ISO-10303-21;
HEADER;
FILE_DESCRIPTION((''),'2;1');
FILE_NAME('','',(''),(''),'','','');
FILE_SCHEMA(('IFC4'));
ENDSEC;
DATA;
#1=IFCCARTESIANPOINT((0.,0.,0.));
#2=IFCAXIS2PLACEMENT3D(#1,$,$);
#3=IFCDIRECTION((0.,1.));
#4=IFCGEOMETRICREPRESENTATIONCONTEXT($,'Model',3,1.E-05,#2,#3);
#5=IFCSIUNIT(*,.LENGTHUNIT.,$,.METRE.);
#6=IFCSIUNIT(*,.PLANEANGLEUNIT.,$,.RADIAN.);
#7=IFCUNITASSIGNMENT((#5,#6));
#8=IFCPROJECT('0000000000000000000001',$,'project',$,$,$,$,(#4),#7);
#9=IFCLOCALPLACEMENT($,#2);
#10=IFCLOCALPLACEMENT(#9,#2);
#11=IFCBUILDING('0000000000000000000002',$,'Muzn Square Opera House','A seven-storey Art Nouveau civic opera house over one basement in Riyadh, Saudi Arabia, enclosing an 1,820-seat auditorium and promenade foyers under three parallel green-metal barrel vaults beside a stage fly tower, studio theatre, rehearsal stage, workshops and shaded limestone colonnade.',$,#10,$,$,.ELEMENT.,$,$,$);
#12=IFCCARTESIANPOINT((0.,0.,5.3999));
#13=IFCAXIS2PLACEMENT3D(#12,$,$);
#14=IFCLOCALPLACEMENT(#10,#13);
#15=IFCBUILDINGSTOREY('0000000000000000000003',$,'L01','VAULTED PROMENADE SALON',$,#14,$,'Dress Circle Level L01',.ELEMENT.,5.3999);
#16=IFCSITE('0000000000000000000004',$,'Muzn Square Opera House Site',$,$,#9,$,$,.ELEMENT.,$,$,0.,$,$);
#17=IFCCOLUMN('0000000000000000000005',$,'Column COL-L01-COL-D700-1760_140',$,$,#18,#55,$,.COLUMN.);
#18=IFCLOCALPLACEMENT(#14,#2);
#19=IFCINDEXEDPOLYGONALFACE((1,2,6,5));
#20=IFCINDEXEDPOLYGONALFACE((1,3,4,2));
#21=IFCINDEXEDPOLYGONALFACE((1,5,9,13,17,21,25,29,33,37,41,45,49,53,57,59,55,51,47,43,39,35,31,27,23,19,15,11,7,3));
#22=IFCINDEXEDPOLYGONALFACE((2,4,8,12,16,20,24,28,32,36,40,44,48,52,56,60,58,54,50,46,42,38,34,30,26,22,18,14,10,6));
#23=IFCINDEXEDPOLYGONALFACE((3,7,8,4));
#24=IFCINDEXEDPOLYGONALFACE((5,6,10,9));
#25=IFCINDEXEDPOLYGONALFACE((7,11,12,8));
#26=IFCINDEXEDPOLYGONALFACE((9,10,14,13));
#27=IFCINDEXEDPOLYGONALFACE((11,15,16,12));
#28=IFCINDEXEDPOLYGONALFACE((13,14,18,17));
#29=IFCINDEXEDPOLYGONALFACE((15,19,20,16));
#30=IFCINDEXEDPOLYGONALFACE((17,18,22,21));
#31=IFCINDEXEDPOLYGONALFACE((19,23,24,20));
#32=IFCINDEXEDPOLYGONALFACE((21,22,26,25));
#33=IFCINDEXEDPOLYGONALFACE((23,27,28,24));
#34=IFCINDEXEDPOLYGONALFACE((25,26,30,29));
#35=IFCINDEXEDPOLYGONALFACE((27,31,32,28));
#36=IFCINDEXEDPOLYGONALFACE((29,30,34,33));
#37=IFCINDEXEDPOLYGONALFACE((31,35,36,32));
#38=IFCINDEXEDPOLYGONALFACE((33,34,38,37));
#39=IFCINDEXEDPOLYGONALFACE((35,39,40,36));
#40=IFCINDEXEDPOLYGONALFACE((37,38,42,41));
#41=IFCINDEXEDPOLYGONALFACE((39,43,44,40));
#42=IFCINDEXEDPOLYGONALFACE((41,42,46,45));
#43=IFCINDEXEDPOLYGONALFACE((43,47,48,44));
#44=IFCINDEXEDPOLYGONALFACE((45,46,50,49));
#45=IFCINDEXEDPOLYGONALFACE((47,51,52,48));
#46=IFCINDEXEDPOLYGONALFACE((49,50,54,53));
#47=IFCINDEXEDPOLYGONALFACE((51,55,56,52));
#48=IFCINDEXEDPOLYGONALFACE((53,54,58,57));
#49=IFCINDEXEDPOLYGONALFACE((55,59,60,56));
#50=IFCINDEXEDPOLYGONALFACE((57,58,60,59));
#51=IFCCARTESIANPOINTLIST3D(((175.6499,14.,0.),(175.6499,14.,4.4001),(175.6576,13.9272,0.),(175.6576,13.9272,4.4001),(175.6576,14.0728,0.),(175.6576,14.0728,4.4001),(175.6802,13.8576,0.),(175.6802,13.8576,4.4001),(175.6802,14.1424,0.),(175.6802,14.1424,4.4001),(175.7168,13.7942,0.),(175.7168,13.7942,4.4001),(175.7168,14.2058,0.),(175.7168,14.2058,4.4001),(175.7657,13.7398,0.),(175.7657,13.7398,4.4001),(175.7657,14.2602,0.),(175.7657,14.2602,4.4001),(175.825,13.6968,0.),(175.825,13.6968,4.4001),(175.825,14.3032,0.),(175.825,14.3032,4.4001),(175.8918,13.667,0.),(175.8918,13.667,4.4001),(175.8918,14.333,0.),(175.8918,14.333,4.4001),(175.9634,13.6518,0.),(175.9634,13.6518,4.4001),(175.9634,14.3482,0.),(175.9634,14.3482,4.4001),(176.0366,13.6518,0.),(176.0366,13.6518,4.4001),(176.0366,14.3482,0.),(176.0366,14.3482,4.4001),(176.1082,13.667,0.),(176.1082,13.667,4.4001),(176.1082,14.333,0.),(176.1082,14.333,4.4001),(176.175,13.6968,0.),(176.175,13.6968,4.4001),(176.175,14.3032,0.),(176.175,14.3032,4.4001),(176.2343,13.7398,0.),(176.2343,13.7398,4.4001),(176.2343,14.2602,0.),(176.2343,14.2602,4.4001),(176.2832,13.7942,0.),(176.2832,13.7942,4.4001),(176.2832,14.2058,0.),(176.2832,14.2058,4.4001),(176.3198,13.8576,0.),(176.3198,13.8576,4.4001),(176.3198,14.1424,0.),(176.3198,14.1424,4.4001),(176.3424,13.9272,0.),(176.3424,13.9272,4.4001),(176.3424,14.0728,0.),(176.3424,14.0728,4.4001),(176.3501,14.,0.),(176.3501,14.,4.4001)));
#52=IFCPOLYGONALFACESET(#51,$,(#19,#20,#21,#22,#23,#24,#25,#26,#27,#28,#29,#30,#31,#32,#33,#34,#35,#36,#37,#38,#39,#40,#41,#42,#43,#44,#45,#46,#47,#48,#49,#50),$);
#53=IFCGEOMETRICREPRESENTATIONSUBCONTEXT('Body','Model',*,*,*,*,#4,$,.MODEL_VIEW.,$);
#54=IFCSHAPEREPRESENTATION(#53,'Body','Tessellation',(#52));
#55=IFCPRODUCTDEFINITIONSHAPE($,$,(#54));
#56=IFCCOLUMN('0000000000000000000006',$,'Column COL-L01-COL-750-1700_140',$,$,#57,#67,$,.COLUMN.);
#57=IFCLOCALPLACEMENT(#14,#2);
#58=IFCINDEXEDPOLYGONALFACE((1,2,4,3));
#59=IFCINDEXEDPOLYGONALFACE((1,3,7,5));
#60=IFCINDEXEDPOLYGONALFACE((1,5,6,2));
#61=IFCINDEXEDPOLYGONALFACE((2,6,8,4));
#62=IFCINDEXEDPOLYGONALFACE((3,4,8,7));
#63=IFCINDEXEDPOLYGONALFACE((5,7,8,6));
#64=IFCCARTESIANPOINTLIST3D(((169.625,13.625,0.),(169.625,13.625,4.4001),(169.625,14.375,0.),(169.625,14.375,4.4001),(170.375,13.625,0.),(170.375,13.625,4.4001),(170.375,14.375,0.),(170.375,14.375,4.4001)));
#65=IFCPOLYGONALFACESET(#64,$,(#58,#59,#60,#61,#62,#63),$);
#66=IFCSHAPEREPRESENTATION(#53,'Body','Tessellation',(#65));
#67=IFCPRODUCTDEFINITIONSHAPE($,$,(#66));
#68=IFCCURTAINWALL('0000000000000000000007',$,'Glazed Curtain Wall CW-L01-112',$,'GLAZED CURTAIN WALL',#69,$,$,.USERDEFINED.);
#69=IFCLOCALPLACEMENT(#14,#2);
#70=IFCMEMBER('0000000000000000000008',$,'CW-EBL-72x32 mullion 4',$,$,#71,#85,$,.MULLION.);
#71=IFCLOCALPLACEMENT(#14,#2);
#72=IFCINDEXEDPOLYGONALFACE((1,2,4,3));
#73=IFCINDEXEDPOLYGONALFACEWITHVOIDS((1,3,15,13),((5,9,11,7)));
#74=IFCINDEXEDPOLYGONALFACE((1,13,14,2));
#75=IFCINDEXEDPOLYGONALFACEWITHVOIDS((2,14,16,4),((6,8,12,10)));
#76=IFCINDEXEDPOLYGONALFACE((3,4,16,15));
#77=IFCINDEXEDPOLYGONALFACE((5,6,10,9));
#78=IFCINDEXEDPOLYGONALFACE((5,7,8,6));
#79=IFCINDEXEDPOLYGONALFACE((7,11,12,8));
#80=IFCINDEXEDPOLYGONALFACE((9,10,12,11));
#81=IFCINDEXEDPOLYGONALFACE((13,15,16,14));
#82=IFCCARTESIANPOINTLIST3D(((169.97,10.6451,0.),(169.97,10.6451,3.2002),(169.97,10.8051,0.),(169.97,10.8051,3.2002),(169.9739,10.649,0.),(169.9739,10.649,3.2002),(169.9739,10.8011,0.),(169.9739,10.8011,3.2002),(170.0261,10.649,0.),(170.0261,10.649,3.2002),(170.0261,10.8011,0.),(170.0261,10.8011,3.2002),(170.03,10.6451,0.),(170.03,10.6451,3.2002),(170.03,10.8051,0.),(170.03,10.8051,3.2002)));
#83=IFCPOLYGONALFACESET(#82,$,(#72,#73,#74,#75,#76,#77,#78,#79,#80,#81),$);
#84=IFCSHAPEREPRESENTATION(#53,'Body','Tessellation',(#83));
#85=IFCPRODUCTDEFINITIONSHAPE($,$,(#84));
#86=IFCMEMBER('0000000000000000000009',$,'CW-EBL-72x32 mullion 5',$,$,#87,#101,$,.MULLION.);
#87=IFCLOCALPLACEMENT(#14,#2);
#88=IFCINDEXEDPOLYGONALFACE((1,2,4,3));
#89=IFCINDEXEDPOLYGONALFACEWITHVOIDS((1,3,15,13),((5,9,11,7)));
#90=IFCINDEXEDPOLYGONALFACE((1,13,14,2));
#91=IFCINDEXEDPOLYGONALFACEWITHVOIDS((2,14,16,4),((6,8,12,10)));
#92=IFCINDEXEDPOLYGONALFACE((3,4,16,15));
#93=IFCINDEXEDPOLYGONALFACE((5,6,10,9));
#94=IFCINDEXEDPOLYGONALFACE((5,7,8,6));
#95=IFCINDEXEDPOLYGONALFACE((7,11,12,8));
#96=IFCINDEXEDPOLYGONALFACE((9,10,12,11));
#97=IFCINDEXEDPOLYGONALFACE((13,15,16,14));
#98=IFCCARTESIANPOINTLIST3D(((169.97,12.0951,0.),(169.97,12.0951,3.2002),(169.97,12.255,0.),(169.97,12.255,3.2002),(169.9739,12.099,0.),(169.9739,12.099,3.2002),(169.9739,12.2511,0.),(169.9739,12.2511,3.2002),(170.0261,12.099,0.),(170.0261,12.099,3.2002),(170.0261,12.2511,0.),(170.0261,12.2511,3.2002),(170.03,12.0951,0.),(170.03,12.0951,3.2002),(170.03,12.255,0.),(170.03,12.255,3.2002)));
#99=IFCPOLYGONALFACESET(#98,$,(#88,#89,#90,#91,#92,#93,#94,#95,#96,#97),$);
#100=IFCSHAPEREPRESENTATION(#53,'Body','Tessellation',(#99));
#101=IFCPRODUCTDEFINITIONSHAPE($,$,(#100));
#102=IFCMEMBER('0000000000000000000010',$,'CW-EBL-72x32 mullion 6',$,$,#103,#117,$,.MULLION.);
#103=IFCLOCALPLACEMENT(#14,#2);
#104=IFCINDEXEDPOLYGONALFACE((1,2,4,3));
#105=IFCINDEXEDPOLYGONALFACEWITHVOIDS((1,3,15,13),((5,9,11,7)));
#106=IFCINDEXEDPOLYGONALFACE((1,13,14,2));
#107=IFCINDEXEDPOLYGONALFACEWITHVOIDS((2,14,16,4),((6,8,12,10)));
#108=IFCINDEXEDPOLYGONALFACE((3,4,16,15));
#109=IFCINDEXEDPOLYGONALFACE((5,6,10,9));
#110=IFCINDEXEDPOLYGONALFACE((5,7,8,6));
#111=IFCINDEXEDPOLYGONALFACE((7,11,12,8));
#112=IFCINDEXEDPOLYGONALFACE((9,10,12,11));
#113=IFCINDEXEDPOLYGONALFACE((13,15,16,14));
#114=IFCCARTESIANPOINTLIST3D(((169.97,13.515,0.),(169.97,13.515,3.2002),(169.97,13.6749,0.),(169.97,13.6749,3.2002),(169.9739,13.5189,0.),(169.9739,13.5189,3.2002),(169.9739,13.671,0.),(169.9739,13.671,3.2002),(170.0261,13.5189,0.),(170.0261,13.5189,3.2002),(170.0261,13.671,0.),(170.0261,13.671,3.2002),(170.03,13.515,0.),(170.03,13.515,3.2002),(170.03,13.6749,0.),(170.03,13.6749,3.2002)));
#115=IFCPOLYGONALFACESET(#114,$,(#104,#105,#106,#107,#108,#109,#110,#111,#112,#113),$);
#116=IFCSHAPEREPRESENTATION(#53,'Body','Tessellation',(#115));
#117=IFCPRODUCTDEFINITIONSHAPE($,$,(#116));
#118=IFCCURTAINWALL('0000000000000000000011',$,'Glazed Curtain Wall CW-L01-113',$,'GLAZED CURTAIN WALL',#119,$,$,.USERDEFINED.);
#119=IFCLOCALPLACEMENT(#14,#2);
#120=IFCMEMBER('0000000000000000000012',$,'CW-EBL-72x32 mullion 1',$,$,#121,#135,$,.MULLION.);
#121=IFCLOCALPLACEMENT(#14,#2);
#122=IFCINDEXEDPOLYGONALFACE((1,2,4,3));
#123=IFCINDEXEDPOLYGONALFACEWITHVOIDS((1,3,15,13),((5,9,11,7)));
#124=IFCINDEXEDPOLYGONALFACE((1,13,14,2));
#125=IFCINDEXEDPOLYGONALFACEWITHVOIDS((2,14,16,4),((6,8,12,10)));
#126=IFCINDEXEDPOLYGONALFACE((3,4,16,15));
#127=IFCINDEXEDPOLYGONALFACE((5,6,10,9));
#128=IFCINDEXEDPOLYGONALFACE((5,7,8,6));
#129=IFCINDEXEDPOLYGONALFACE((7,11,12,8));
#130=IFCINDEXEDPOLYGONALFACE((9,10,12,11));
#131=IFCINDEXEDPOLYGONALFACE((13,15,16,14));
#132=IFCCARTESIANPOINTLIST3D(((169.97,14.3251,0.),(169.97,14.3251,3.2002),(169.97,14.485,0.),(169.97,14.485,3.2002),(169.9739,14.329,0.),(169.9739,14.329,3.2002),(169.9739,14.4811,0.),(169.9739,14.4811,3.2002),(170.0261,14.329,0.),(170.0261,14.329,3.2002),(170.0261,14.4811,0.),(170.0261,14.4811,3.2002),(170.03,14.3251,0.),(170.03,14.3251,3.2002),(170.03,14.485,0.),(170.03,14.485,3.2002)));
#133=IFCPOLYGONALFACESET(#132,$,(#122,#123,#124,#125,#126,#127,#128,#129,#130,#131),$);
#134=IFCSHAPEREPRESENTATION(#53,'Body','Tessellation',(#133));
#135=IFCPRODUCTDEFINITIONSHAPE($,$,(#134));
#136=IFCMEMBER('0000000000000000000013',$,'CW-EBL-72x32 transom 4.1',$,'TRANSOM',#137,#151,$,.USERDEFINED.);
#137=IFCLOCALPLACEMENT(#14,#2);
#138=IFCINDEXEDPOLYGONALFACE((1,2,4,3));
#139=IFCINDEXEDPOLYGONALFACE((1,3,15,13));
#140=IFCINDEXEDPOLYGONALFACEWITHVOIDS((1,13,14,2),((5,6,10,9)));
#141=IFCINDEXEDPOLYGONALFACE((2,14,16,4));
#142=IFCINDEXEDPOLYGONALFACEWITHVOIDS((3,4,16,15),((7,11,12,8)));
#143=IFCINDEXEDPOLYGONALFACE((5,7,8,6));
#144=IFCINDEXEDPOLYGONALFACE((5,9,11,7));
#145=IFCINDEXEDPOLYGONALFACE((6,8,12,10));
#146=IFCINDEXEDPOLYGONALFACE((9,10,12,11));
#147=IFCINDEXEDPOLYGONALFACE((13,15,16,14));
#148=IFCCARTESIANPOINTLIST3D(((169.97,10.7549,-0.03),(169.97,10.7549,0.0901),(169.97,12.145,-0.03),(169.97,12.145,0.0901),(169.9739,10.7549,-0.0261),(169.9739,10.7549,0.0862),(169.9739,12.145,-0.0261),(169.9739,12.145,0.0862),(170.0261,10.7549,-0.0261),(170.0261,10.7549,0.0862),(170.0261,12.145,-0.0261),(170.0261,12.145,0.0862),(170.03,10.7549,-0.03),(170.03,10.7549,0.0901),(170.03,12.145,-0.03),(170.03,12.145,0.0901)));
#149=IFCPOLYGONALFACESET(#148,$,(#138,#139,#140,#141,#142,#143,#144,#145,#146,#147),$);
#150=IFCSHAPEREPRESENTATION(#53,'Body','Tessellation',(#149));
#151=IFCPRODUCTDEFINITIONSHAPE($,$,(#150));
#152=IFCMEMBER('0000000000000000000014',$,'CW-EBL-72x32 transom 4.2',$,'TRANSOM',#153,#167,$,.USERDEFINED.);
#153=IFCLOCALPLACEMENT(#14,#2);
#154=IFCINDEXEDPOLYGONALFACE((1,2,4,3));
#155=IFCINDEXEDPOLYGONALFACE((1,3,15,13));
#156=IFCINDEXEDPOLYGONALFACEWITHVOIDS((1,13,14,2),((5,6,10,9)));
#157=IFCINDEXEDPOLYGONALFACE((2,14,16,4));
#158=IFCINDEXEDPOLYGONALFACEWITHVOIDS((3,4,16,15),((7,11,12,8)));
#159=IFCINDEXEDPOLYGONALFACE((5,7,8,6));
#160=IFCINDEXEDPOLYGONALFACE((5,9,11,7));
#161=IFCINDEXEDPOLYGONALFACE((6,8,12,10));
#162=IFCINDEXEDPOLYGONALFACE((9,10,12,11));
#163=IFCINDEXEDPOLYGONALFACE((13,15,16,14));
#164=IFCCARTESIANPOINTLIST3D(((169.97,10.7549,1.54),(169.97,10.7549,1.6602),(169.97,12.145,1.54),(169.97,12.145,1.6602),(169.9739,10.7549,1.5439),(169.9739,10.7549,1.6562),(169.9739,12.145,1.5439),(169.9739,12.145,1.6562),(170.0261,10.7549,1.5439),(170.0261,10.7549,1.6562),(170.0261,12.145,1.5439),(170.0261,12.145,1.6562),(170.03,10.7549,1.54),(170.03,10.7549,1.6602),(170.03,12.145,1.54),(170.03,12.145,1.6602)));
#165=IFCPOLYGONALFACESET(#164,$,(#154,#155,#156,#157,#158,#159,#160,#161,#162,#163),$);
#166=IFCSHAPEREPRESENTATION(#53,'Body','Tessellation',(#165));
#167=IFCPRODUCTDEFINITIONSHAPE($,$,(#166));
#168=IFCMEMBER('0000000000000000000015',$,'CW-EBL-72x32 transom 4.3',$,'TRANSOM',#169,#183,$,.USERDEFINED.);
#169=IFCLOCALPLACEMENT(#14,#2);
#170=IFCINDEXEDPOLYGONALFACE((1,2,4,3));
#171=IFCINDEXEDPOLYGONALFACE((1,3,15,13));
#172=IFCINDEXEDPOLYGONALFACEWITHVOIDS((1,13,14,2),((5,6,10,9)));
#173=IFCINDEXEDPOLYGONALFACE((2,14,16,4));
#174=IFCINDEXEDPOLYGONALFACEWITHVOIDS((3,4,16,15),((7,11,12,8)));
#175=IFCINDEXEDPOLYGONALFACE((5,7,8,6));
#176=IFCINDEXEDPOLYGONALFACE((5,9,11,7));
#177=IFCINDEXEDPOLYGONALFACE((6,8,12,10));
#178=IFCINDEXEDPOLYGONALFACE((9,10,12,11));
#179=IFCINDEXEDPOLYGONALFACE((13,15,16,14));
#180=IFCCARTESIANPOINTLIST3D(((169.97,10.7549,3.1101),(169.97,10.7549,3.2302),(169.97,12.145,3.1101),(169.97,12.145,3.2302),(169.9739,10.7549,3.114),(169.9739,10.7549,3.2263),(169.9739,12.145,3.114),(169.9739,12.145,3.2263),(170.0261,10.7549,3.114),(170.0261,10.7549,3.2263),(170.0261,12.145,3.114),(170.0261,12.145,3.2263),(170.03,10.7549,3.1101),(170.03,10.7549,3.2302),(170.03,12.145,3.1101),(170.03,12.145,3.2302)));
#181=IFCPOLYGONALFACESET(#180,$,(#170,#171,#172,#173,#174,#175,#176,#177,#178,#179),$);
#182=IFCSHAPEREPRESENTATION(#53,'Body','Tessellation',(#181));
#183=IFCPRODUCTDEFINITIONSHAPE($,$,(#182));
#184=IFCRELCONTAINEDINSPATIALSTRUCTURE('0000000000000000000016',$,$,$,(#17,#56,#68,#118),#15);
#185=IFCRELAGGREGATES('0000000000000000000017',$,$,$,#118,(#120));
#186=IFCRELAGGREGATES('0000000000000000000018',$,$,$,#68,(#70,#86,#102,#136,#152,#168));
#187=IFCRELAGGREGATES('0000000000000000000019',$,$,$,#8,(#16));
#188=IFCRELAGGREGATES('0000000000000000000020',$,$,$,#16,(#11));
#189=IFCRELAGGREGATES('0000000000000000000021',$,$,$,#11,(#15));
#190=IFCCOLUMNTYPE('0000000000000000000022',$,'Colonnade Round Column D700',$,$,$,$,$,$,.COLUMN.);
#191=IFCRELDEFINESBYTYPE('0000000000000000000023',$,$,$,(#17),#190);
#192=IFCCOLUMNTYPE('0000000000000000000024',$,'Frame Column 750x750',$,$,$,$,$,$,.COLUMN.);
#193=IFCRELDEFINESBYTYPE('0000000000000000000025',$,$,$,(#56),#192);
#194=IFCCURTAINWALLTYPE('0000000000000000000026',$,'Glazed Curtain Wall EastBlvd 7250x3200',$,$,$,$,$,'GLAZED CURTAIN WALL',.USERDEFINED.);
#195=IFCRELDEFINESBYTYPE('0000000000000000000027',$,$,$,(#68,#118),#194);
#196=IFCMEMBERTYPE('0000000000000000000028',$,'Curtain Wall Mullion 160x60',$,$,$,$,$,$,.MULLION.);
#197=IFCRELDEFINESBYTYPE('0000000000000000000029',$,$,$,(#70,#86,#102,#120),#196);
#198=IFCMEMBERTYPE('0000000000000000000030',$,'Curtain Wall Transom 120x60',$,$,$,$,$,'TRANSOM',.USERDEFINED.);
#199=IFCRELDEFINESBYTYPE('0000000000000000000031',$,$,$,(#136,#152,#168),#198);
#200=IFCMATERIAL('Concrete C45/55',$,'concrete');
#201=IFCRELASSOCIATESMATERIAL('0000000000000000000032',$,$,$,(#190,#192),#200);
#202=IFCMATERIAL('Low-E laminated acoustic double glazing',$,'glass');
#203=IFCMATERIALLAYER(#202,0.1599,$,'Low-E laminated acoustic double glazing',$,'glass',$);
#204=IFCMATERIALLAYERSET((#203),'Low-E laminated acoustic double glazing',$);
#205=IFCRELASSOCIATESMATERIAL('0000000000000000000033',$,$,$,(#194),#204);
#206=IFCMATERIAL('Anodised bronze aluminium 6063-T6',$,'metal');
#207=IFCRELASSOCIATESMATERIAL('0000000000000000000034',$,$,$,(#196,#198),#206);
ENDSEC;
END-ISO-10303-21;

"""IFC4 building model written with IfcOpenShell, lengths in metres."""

from ifc_helpers import new_model, si_unit, direction, frame, origin, origin_2d, place, context, subcontext, project, spatial, rectangle, hollow_rectangle, circle, extrude, material, layer, layer_set, material_profile, profile_set, type_object, element, aggregate, save


model = new_model("IFC4")

# Units and contexts
model_context = context("Model", 3, precision=1e-05, world=origin(), true_north=direction((0.0, 1.0)))
body_context = subcontext(model_context, "Body", "Model", "MODEL_VIEW")
ifc_project = project(units=[si_unit("LENGTHUNIT", "METRE"), si_unit("PLANEANGLEUNIT", "RADIAN")], contexts=[model_context])

# Site, building, storey
site_placement = place(None, origin())
site = spatial("IfcSite", under=ifc_project, at=site_placement, Name="Muzn Square Opera House Site", CompositionType="ELEMENT", RefElevation=0.0)
building_placement = place(site_placement, origin())
building = spatial("IfcBuilding", under=site, at=building_placement, Name="Muzn Square Opera House", Description="A seven-storey Art Nouveau civic opera house over one basement in Riyadh, Saudi Arabia, enclosing an 1,820-seat auditorium and promenade foyers under three parallel green-metal barrel vaults beside a stage fly tower, studio theatre, rehearsal stage, workshops and shaded limestone colonnade.", CompositionType="ELEMENT")
storey_placement = place(building_placement, frame((0.0, 0.0, 5.3999)))
storey = spatial("IfcBuildingStorey", under=building, at=storey_placement, Name="L01", Description="VAULTED PROMENADE SALON", LongName="Dress Circle Level L01", CompositionType="ELEMENT", Elevation=5.3999)

# Columns
ifc_material_1 = material(Name="Concrete C45/55", Category="concrete")
ifc_material_profile_1 = material_profile(ifc_material_1, circle(Radius=0.3501, at=origin_2d()), Name="RCC D700", Category="concrete")
ifc_profile_set_1 = profile_set([ifc_material_profile_1], Name="Concrete C45/55")
column_type_1 = type_object("IfcColumnType", Name="Colonnade Round Column D700", PredefinedType="COLUMN", material=ifc_profile_set_1)
column_1_placement = place(storey_placement, frame((176.0, 14.0, 0.0), z_axis=(0.0, 0.0, 1.0), x_axis=(1.0, 0.0, 0.0)))
element("IfcColumn", 1, at=column_1_placement, inside=storey, type_object=column_type_1, Name="Column COL-L01-COL-D700-1760_140", PredefinedType="COLUMN", context=body_context, shape_type="SweptSolid", body=[
    extrude(circle(Radius=0.3501, at=origin_2d()), origin(), (0.0, 0.0, 1.0), 4.4001),
])
ifc_material_profile_2 = material_profile(ifc_material_1, rectangle(XDim=0.75, YDim=0.75, at=origin_2d()), Name="RC 750x750", Category="concrete")
ifc_profile_set_2 = profile_set([ifc_material_profile_2], Name="Concrete C45/55")
column_type_2 = type_object("IfcColumnType", Name="Frame Column 750x750", PredefinedType="COLUMN", material=ifc_profile_set_2)
column_2_placement = place(storey_placement, frame((170.0, 14.0, 0.0), z_axis=(0.0, 0.0, 1.0), x_axis=(1.0, 0.0, 0.0)))
element("IfcColumn", 2, at=column_2_placement, inside=storey, type_object=column_type_2, Name="Column COL-L01-COL-750-1700_140", PredefinedType="COLUMN", context=body_context, shape_type="SweptSolid", body=[
    extrude(rectangle(XDim=0.75, YDim=0.75, at=origin_2d()), origin(), (0.0, 0.0, 1.0), 4.4001),
])

# Curtain wall, members
ifc_material_2 = material(Name="Low-E laminated acoustic double glazing", Category="glass")
ifc_layer_1 = layer(ifc_material_2, 0.1599, Name="Low-E laminated acoustic double glazing", Category="glass")
ifc_layer_set_1 = layer_set([ifc_layer_1], Name="Low-E laminated acoustic double glazing")
curtain_wall_type = type_object("IfcCurtainWallType", Name="Glazed Curtain Wall EastBlvd 7250x3200", ElementType="GLAZED CURTAIN WALL", PredefinedType="USERDEFINED", material=ifc_layer_set_1)
curtain_wall_1_placement = place(storey_placement, origin())
curtain_wall_1 = element("IfcCurtainWall", 3, at=curtain_wall_1_placement, inside=storey, type_object=curtain_wall_type, Name="Glazed Curtain Wall CW-L01-112", ObjectType="GLAZED CURTAIN WALL", PredefinedType="USERDEFINED")
ifc_material_3 = material(Name="Anodised bronze aluminium 6063-T6", Category="metal")
ifc_material_profile_3 = material_profile(ifc_material_3, hollow_rectangle(XDim=0.0601, YDim=0.1599, WallThickness=0.0039, at=origin_2d()), Name="ALU 160x60x4", Category="metal")
ifc_profile_set_3 = profile_set([ifc_material_profile_3], Name="Anodised bronze aluminium 6063-T6")
member_type_1 = type_object("IfcMemberType", Name="Curtain Wall Mullion 160x60", PredefinedType="MULLION", material=ifc_profile_set_3)
member_1_placement = place(storey_placement, frame((170.0, 10.7251, 0.0), z_axis=(0.0, 0.0, 1.0), x_axis=(-1.0, 0.0, 0.0)))
member_1 = element("IfcMember", 4, at=member_1_placement, type_object=member_type_1, Name="CW-EBL-72x32 mullion 4", PredefinedType="MULLION", context=body_context, shape_type="SweptSolid", body=[
    extrude(hollow_rectangle(XDim=0.0601, YDim=0.1599, WallThickness=0.0039, at=origin_2d()), origin(), (0.0, 0.0, 1.0), 3.2002),
])
member_2_placement = place(storey_placement, frame((170.0, 12.175, 0.0), z_axis=(0.0, 0.0, 1.0), x_axis=(-1.0, 0.0, 0.0)))
member_2 = element("IfcMember", 5, at=member_2_placement, type_object=member_type_1, Name="CW-EBL-72x32 mullion 5", PredefinedType="MULLION", context=body_context, shape_type="SweptSolid", body=[
    extrude(hollow_rectangle(XDim=0.0601, YDim=0.1599, WallThickness=0.0039, at=origin_2d()), origin(), (0.0, 0.0, 1.0), 3.2002),
])
member_3_placement = place(storey_placement, frame((170.0, 13.595, 0.0), z_axis=(0.0, 0.0, 1.0), x_axis=(-1.0, 0.0, 0.0)))
member_3 = element("IfcMember", 6, at=member_3_placement, type_object=member_type_1, Name="CW-EBL-72x32 mullion 6", PredefinedType="MULLION", context=body_context, shape_type="SweptSolid", body=[
    extrude(hollow_rectangle(XDim=0.0601, YDim=0.1599, WallThickness=0.0039, at=origin_2d()), origin(), (0.0, 0.0, 1.0), 3.2002),
])

# Curtain wall, member
curtain_wall_2_placement = place(storey_placement, origin())
curtain_wall_2 = element("IfcCurtainWall", 7, at=curtain_wall_2_placement, inside=storey, type_object=curtain_wall_type, Name="Glazed Curtain Wall CW-L01-113", ObjectType="GLAZED CURTAIN WALL", PredefinedType="USERDEFINED")
member_4_placement = place(storey_placement, frame((170.0, 14.405, 0.0), z_axis=(0.0, 0.0, 1.0), x_axis=(-1.0, 0.0, 0.0)))
member_4 = element("IfcMember", 8, at=member_4_placement, type_object=member_type_1, Name="CW-EBL-72x32 mullion 1", PredefinedType="MULLION", context=body_context, shape_type="SweptSolid", body=[
    extrude(hollow_rectangle(XDim=0.0601, YDim=0.1599, WallThickness=0.0039, at=origin_2d()), origin(), (0.0, 0.0, 1.0), 3.2002),
])

# Members
ifc_material_profile_4 = material_profile(ifc_material_3, hollow_rectangle(XDim=0.0601, YDim=0.1201, WallThickness=0.0039, at=origin_2d()), Name="ALU 120x60x4", Category="metal")
ifc_profile_set_4 = profile_set([ifc_material_profile_4], Name="Anodised bronze aluminium 6063-T6")
member_type_2 = type_object("IfcMemberType", Name="Curtain Wall Transom 120x60", ElementType="TRANSOM", PredefinedType="USERDEFINED", material=ifc_profile_set_4)
member_5_placement = place(storey_placement, frame((170.0, 10.7549, 0.03), z_axis=(0.0, 1.0, 0.0), x_axis=(-1.0, 0.0, 0.0)))
member_5 = element("IfcMember", 9, at=member_5_placement, type_object=member_type_2, Name="CW-EBL-72x32 transom 4.1", ObjectType="TRANSOM", PredefinedType="USERDEFINED", context=body_context, shape_type="SweptSolid", body=[
    extrude(hollow_rectangle(XDim=0.0601, YDim=0.1201, WallThickness=0.0039, at=origin_2d()), origin(), (0.0, 0.0, 1.0), 1.3901),
])
member_6_placement = place(storey_placement, frame((170.0, 10.7549, 1.6001), z_axis=(0.0, 1.0, 0.0), x_axis=(-1.0, 0.0, 0.0)))
member_6 = element("IfcMember", 10, at=member_6_placement, type_object=member_type_2, Name="CW-EBL-72x32 transom 4.2", ObjectType="TRANSOM", PredefinedType="USERDEFINED", context=body_context, shape_type="SweptSolid", body=[
    extrude(hollow_rectangle(XDim=0.0601, YDim=0.1201, WallThickness=0.0039, at=origin_2d()), origin(), (0.0, 0.0, 1.0), 1.3901),
])
member_7_placement = place(storey_placement, frame((170.0, 10.7549, 3.1702), z_axis=(0.0, 1.0, 0.0), x_axis=(-1.0, 0.0, 0.0)))
member_7 = element("IfcMember", 11, at=member_7_placement, type_object=member_type_2, Name="CW-EBL-72x32 transom 4.3", ObjectType="TRANSOM", PredefinedType="USERDEFINED", context=body_context, shape_type="SweptSolid", body=[
    extrude(hollow_rectangle(XDim=0.0601, YDim=0.1201, WallThickness=0.0039, at=origin_2d()), origin(), (0.0, 0.0, 1.0), 1.3901),
])
aggregate(curtain_wall_2, [member_4])

aggregate(curtain_wall_1, [member_1, member_2, member_3, member_5, member_6, member_7])

save(model, "model.ifc")
